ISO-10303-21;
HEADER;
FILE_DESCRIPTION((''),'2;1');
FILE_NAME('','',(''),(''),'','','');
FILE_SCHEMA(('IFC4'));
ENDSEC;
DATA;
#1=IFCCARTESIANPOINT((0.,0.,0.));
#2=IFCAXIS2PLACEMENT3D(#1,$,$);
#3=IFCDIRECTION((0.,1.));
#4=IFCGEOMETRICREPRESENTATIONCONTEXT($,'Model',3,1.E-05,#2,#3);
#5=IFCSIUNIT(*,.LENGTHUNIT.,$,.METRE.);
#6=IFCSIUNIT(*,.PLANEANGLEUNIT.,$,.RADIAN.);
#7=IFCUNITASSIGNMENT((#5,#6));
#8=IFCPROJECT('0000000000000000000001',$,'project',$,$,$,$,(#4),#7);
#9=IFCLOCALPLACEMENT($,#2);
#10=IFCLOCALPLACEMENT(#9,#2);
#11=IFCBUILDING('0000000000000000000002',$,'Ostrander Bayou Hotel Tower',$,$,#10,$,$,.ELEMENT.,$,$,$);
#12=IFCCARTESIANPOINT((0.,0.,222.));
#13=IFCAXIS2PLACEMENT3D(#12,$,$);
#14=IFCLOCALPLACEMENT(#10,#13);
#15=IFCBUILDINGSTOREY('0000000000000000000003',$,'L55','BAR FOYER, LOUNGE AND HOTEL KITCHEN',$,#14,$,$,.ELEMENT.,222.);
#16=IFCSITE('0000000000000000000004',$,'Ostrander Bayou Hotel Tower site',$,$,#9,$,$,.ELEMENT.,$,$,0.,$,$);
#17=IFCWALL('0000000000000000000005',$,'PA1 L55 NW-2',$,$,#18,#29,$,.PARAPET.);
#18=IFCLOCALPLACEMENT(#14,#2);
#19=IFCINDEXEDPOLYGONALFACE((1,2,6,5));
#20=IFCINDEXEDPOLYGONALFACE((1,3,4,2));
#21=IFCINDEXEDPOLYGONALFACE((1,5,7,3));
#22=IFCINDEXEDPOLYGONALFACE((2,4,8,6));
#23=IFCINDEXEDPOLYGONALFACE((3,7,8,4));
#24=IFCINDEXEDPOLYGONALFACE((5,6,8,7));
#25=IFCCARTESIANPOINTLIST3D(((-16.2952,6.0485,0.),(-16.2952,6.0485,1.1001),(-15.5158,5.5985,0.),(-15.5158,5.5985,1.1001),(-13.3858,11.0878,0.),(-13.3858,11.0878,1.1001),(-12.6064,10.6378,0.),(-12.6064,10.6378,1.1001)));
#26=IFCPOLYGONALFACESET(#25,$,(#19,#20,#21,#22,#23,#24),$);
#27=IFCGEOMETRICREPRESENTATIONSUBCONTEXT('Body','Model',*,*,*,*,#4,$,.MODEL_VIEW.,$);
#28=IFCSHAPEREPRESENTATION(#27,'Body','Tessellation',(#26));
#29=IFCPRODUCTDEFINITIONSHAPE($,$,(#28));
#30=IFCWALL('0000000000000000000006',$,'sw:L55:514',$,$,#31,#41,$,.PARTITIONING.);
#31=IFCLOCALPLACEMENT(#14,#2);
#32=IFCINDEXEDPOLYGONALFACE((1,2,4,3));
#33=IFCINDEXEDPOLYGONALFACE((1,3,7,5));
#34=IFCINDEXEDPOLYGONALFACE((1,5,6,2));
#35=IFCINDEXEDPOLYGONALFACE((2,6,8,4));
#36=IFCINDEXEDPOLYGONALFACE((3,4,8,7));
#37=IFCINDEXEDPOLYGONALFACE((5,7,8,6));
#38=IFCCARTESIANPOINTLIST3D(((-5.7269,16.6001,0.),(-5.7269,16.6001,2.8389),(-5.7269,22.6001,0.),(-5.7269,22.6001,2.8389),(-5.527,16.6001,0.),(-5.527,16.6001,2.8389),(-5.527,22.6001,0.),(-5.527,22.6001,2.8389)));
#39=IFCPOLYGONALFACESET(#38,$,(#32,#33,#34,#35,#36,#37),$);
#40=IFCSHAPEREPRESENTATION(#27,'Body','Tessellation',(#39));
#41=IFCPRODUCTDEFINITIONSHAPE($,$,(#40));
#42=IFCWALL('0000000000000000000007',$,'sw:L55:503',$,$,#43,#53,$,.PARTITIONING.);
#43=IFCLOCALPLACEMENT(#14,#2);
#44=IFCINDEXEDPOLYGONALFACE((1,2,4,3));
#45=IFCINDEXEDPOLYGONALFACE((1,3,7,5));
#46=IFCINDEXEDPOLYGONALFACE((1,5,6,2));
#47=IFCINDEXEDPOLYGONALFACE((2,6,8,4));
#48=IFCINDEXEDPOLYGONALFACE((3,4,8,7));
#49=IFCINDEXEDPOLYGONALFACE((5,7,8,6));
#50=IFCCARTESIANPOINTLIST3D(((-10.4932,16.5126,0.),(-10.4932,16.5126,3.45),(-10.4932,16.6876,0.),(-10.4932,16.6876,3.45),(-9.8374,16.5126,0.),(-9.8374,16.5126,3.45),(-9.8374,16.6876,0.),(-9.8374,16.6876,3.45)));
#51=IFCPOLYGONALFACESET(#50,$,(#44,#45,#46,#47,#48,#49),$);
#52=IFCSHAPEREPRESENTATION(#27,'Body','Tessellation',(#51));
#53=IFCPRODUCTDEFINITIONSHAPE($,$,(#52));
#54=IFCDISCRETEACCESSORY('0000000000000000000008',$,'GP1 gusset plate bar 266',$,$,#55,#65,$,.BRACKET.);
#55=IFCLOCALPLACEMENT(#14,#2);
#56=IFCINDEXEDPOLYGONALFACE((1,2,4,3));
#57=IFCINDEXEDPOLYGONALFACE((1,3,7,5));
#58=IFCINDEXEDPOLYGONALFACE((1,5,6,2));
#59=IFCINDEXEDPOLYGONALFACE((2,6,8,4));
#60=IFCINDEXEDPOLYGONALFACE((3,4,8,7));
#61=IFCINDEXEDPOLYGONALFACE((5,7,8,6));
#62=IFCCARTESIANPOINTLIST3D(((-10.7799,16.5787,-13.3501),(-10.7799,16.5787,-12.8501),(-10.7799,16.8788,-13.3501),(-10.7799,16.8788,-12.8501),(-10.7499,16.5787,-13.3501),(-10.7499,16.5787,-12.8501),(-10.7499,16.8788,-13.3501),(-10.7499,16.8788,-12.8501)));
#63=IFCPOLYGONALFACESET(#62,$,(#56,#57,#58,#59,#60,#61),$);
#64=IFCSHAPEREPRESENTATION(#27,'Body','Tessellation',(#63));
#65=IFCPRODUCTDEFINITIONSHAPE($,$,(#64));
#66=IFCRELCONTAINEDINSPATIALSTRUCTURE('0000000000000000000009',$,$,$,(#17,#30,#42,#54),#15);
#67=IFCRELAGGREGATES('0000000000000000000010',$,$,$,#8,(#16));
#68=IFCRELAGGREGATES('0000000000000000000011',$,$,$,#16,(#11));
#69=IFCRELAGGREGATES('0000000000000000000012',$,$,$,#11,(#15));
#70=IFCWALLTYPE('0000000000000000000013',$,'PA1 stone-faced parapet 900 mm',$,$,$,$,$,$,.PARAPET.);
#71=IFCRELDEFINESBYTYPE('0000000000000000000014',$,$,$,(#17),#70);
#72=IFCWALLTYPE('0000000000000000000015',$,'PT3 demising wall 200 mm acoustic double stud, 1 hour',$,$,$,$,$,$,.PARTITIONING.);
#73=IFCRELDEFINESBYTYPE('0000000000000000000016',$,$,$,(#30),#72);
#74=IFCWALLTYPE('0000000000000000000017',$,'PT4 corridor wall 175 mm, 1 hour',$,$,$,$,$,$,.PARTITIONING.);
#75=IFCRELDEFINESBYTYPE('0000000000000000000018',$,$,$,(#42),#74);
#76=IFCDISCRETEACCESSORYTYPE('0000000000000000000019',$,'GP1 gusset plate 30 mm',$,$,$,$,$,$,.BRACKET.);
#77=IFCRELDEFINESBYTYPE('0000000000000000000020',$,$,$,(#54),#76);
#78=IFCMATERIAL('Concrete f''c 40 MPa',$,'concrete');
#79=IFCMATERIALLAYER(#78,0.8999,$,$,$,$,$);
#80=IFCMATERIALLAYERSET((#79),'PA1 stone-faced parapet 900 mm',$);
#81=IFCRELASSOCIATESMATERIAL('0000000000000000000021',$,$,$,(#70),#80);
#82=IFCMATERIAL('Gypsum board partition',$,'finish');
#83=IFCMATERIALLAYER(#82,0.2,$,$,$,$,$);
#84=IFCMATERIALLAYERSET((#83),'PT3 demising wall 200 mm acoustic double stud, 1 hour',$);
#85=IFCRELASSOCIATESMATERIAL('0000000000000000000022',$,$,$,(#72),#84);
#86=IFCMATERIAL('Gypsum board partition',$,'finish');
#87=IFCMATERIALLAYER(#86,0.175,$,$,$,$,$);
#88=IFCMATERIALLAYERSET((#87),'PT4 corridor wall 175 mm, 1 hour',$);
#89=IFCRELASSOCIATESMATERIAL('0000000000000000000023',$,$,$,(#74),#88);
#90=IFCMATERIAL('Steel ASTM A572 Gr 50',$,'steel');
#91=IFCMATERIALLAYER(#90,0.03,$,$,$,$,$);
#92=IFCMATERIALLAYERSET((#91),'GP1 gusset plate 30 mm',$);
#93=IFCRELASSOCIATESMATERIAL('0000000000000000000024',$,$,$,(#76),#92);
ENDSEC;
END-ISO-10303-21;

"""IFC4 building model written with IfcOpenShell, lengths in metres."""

from ifc_helpers import new_model, si_unit, direction, frame, frame_2d, origin, origin_2d, place, context, subcontext, project, spatial, rectangle, extrude, material, layer, layer_set, type_object, element, save


model = new_model("IFC4")

# Units and contexts
model_context = context("Model", 3, precision=1e-05, world=origin(), true_north=direction((0.0, 1.0)))
body_context = subcontext(model_context, "Body", "Model", "MODEL_VIEW")
ifc_project = project(units=[si_unit("LENGTHUNIT", "METRE"), si_unit("PLANEANGLEUNIT", "RADIAN")], contexts=[model_context])

# Site, building, storey
site_placement = place(None, origin())
site = spatial("IfcSite", under=ifc_project, at=site_placement, Name="Ostrander Bayou Hotel Tower site", CompositionType="ELEMENT", RefElevation=0.0)
building_placement = place(site_placement, origin())
building = spatial("IfcBuilding", under=site, at=building_placement, Name="Ostrander Bayou Hotel Tower", CompositionType="ELEMENT")
storey_placement = place(building_placement, frame((0.0, 0.0, 222.0)))
storey = spatial("IfcBuildingStorey", under=building, at=storey_placement, Name="L55", Description="BAR FOYER, LOUNGE AND HOTEL KITCHEN", CompositionType="ELEMENT", Elevation=222.0)

# Walls
ifc_material_1 = material(Name="Concrete f'c 40 MPa", Category="concrete")
ifc_layer_1 = layer(ifc_material_1, 0.8999)
ifc_layer_set_1 = layer_set([ifc_layer_1], Name="PA1 stone-faced parapet 900 mm")
wall_type_1 = type_object("IfcWallType", Name="PA1 stone-faced parapet 900 mm", PredefinedType="PARAPET", material=ifc_layer_set_1)
wall_1_placement = place(storey_placement, frame((-12.9961, 10.8628, 0.0), z_axis=(0.0, 0.0, 1.0), x_axis=(-0.499997, -0.866027, 0.0)))
element("IfcWall", 1, at=wall_1_placement, inside=storey, type_object=wall_type_1, Name="PA1 L55 NW-2", PredefinedType="PARAPET", context=body_context, shape_type="SweptSolid", body=[
    extrude(rectangle(XDim=5.8188, YDim=0.8999, at=frame_2d((2.9094, 0.0))), origin(), (0.0, 0.0, 1.0), 1.1001),
])
ifc_material_2 = material(Name="Gypsum board partition", Category="finish")
ifc_layer_2 = layer(ifc_material_2, 0.2)
ifc_layer_set_2 = layer_set([ifc_layer_2], Name="PT3 demising wall 200 mm acoustic double stud, 1 hour")
wall_type_2 = type_object("IfcWallType", Name="PT3 demising wall 200 mm acoustic double stud, 1 hour", PredefinedType="PARTITIONING", material=ifc_layer_set_2)
wall_2_placement = place(storey_placement, frame((-5.627, 16.6001, 0.0), z_axis=(0.0, 0.0, 1.0), x_axis=(0.0, 1.0, 0.0)))
element("IfcWall", 2, at=wall_2_placement, inside=storey, type_object=wall_type_2, Name="sw:L55:514", PredefinedType="PARTITIONING", context=body_context, shape_type="SweptSolid", body=[
    extrude(rectangle(XDim=6.0, YDim=0.2, at=frame_2d((3.0, 0.0))), origin(), (0.0, 0.0, 1.0), 2.8389),
])
ifc_material_3 = material(Name="Gypsum board partition", Category="finish")
ifc_layer_3 = layer(ifc_material_3, 0.175)
ifc_layer_set_3 = layer_set([ifc_layer_3], Name="PT4 corridor wall 175 mm, 1 hour")
wall_type_3 = type_object("IfcWallType", Name="PT4 corridor wall 175 mm, 1 hour", PredefinedType="PARTITIONING", material=ifc_layer_set_3)
wall_3_placement = place(storey_placement, frame((-10.4932, 16.6001, 0.0), z_axis=(0.0, 0.0, 1.0), x_axis=(1.0, 0.0, 0.0)))
element("IfcWall", 3, at=wall_3_placement, inside=storey, type_object=wall_type_3, Name="sw:L55:503", PredefinedType="PARTITIONING", context=body_context, shape_type="SweptSolid", body=[
    extrude(rectangle(XDim=0.6558, YDim=0.175, at=frame_2d((0.3279, 0.0))), origin(), (0.0, 0.0, 1.0), 3.45),
])

# Discrete accessory
ifc_material_4 = material(Name="Steel ASTM A572 Gr 50", Category="steel")
ifc_layer_4 = layer(ifc_material_4, 0.03)
ifc_layer_set_4 = layer_set([ifc_layer_4], Name="GP1 gusset plate 30 mm")
discrete_accessory_type = type_object("IfcDiscreteAccessoryType", Name="GP1 gusset plate 30 mm", PredefinedType="BRACKET", material=ifc_layer_set_4)
discrete_accessory_placement = place(storey_placement, frame((-10.7649, 16.7288, -13.3501), z_axis=(0.0, 0.0, 1.0), x_axis=(0.0, -1.0, 0.0)))
element("IfcDiscreteAccessory", 4, at=discrete_accessory_placement, inside=storey, type_object=discrete_accessory_type, Name="GP1 gusset plate bar 266", PredefinedType="BRACKET", context=body_context, shape_type="SweptSolid", body=[
    extrude(rectangle(XDim=0.3, YDim=0.03, at=origin_2d()), origin(), (0.0, 0.0, 1.0), 0.5),
])

save(model, "model.ifc")
